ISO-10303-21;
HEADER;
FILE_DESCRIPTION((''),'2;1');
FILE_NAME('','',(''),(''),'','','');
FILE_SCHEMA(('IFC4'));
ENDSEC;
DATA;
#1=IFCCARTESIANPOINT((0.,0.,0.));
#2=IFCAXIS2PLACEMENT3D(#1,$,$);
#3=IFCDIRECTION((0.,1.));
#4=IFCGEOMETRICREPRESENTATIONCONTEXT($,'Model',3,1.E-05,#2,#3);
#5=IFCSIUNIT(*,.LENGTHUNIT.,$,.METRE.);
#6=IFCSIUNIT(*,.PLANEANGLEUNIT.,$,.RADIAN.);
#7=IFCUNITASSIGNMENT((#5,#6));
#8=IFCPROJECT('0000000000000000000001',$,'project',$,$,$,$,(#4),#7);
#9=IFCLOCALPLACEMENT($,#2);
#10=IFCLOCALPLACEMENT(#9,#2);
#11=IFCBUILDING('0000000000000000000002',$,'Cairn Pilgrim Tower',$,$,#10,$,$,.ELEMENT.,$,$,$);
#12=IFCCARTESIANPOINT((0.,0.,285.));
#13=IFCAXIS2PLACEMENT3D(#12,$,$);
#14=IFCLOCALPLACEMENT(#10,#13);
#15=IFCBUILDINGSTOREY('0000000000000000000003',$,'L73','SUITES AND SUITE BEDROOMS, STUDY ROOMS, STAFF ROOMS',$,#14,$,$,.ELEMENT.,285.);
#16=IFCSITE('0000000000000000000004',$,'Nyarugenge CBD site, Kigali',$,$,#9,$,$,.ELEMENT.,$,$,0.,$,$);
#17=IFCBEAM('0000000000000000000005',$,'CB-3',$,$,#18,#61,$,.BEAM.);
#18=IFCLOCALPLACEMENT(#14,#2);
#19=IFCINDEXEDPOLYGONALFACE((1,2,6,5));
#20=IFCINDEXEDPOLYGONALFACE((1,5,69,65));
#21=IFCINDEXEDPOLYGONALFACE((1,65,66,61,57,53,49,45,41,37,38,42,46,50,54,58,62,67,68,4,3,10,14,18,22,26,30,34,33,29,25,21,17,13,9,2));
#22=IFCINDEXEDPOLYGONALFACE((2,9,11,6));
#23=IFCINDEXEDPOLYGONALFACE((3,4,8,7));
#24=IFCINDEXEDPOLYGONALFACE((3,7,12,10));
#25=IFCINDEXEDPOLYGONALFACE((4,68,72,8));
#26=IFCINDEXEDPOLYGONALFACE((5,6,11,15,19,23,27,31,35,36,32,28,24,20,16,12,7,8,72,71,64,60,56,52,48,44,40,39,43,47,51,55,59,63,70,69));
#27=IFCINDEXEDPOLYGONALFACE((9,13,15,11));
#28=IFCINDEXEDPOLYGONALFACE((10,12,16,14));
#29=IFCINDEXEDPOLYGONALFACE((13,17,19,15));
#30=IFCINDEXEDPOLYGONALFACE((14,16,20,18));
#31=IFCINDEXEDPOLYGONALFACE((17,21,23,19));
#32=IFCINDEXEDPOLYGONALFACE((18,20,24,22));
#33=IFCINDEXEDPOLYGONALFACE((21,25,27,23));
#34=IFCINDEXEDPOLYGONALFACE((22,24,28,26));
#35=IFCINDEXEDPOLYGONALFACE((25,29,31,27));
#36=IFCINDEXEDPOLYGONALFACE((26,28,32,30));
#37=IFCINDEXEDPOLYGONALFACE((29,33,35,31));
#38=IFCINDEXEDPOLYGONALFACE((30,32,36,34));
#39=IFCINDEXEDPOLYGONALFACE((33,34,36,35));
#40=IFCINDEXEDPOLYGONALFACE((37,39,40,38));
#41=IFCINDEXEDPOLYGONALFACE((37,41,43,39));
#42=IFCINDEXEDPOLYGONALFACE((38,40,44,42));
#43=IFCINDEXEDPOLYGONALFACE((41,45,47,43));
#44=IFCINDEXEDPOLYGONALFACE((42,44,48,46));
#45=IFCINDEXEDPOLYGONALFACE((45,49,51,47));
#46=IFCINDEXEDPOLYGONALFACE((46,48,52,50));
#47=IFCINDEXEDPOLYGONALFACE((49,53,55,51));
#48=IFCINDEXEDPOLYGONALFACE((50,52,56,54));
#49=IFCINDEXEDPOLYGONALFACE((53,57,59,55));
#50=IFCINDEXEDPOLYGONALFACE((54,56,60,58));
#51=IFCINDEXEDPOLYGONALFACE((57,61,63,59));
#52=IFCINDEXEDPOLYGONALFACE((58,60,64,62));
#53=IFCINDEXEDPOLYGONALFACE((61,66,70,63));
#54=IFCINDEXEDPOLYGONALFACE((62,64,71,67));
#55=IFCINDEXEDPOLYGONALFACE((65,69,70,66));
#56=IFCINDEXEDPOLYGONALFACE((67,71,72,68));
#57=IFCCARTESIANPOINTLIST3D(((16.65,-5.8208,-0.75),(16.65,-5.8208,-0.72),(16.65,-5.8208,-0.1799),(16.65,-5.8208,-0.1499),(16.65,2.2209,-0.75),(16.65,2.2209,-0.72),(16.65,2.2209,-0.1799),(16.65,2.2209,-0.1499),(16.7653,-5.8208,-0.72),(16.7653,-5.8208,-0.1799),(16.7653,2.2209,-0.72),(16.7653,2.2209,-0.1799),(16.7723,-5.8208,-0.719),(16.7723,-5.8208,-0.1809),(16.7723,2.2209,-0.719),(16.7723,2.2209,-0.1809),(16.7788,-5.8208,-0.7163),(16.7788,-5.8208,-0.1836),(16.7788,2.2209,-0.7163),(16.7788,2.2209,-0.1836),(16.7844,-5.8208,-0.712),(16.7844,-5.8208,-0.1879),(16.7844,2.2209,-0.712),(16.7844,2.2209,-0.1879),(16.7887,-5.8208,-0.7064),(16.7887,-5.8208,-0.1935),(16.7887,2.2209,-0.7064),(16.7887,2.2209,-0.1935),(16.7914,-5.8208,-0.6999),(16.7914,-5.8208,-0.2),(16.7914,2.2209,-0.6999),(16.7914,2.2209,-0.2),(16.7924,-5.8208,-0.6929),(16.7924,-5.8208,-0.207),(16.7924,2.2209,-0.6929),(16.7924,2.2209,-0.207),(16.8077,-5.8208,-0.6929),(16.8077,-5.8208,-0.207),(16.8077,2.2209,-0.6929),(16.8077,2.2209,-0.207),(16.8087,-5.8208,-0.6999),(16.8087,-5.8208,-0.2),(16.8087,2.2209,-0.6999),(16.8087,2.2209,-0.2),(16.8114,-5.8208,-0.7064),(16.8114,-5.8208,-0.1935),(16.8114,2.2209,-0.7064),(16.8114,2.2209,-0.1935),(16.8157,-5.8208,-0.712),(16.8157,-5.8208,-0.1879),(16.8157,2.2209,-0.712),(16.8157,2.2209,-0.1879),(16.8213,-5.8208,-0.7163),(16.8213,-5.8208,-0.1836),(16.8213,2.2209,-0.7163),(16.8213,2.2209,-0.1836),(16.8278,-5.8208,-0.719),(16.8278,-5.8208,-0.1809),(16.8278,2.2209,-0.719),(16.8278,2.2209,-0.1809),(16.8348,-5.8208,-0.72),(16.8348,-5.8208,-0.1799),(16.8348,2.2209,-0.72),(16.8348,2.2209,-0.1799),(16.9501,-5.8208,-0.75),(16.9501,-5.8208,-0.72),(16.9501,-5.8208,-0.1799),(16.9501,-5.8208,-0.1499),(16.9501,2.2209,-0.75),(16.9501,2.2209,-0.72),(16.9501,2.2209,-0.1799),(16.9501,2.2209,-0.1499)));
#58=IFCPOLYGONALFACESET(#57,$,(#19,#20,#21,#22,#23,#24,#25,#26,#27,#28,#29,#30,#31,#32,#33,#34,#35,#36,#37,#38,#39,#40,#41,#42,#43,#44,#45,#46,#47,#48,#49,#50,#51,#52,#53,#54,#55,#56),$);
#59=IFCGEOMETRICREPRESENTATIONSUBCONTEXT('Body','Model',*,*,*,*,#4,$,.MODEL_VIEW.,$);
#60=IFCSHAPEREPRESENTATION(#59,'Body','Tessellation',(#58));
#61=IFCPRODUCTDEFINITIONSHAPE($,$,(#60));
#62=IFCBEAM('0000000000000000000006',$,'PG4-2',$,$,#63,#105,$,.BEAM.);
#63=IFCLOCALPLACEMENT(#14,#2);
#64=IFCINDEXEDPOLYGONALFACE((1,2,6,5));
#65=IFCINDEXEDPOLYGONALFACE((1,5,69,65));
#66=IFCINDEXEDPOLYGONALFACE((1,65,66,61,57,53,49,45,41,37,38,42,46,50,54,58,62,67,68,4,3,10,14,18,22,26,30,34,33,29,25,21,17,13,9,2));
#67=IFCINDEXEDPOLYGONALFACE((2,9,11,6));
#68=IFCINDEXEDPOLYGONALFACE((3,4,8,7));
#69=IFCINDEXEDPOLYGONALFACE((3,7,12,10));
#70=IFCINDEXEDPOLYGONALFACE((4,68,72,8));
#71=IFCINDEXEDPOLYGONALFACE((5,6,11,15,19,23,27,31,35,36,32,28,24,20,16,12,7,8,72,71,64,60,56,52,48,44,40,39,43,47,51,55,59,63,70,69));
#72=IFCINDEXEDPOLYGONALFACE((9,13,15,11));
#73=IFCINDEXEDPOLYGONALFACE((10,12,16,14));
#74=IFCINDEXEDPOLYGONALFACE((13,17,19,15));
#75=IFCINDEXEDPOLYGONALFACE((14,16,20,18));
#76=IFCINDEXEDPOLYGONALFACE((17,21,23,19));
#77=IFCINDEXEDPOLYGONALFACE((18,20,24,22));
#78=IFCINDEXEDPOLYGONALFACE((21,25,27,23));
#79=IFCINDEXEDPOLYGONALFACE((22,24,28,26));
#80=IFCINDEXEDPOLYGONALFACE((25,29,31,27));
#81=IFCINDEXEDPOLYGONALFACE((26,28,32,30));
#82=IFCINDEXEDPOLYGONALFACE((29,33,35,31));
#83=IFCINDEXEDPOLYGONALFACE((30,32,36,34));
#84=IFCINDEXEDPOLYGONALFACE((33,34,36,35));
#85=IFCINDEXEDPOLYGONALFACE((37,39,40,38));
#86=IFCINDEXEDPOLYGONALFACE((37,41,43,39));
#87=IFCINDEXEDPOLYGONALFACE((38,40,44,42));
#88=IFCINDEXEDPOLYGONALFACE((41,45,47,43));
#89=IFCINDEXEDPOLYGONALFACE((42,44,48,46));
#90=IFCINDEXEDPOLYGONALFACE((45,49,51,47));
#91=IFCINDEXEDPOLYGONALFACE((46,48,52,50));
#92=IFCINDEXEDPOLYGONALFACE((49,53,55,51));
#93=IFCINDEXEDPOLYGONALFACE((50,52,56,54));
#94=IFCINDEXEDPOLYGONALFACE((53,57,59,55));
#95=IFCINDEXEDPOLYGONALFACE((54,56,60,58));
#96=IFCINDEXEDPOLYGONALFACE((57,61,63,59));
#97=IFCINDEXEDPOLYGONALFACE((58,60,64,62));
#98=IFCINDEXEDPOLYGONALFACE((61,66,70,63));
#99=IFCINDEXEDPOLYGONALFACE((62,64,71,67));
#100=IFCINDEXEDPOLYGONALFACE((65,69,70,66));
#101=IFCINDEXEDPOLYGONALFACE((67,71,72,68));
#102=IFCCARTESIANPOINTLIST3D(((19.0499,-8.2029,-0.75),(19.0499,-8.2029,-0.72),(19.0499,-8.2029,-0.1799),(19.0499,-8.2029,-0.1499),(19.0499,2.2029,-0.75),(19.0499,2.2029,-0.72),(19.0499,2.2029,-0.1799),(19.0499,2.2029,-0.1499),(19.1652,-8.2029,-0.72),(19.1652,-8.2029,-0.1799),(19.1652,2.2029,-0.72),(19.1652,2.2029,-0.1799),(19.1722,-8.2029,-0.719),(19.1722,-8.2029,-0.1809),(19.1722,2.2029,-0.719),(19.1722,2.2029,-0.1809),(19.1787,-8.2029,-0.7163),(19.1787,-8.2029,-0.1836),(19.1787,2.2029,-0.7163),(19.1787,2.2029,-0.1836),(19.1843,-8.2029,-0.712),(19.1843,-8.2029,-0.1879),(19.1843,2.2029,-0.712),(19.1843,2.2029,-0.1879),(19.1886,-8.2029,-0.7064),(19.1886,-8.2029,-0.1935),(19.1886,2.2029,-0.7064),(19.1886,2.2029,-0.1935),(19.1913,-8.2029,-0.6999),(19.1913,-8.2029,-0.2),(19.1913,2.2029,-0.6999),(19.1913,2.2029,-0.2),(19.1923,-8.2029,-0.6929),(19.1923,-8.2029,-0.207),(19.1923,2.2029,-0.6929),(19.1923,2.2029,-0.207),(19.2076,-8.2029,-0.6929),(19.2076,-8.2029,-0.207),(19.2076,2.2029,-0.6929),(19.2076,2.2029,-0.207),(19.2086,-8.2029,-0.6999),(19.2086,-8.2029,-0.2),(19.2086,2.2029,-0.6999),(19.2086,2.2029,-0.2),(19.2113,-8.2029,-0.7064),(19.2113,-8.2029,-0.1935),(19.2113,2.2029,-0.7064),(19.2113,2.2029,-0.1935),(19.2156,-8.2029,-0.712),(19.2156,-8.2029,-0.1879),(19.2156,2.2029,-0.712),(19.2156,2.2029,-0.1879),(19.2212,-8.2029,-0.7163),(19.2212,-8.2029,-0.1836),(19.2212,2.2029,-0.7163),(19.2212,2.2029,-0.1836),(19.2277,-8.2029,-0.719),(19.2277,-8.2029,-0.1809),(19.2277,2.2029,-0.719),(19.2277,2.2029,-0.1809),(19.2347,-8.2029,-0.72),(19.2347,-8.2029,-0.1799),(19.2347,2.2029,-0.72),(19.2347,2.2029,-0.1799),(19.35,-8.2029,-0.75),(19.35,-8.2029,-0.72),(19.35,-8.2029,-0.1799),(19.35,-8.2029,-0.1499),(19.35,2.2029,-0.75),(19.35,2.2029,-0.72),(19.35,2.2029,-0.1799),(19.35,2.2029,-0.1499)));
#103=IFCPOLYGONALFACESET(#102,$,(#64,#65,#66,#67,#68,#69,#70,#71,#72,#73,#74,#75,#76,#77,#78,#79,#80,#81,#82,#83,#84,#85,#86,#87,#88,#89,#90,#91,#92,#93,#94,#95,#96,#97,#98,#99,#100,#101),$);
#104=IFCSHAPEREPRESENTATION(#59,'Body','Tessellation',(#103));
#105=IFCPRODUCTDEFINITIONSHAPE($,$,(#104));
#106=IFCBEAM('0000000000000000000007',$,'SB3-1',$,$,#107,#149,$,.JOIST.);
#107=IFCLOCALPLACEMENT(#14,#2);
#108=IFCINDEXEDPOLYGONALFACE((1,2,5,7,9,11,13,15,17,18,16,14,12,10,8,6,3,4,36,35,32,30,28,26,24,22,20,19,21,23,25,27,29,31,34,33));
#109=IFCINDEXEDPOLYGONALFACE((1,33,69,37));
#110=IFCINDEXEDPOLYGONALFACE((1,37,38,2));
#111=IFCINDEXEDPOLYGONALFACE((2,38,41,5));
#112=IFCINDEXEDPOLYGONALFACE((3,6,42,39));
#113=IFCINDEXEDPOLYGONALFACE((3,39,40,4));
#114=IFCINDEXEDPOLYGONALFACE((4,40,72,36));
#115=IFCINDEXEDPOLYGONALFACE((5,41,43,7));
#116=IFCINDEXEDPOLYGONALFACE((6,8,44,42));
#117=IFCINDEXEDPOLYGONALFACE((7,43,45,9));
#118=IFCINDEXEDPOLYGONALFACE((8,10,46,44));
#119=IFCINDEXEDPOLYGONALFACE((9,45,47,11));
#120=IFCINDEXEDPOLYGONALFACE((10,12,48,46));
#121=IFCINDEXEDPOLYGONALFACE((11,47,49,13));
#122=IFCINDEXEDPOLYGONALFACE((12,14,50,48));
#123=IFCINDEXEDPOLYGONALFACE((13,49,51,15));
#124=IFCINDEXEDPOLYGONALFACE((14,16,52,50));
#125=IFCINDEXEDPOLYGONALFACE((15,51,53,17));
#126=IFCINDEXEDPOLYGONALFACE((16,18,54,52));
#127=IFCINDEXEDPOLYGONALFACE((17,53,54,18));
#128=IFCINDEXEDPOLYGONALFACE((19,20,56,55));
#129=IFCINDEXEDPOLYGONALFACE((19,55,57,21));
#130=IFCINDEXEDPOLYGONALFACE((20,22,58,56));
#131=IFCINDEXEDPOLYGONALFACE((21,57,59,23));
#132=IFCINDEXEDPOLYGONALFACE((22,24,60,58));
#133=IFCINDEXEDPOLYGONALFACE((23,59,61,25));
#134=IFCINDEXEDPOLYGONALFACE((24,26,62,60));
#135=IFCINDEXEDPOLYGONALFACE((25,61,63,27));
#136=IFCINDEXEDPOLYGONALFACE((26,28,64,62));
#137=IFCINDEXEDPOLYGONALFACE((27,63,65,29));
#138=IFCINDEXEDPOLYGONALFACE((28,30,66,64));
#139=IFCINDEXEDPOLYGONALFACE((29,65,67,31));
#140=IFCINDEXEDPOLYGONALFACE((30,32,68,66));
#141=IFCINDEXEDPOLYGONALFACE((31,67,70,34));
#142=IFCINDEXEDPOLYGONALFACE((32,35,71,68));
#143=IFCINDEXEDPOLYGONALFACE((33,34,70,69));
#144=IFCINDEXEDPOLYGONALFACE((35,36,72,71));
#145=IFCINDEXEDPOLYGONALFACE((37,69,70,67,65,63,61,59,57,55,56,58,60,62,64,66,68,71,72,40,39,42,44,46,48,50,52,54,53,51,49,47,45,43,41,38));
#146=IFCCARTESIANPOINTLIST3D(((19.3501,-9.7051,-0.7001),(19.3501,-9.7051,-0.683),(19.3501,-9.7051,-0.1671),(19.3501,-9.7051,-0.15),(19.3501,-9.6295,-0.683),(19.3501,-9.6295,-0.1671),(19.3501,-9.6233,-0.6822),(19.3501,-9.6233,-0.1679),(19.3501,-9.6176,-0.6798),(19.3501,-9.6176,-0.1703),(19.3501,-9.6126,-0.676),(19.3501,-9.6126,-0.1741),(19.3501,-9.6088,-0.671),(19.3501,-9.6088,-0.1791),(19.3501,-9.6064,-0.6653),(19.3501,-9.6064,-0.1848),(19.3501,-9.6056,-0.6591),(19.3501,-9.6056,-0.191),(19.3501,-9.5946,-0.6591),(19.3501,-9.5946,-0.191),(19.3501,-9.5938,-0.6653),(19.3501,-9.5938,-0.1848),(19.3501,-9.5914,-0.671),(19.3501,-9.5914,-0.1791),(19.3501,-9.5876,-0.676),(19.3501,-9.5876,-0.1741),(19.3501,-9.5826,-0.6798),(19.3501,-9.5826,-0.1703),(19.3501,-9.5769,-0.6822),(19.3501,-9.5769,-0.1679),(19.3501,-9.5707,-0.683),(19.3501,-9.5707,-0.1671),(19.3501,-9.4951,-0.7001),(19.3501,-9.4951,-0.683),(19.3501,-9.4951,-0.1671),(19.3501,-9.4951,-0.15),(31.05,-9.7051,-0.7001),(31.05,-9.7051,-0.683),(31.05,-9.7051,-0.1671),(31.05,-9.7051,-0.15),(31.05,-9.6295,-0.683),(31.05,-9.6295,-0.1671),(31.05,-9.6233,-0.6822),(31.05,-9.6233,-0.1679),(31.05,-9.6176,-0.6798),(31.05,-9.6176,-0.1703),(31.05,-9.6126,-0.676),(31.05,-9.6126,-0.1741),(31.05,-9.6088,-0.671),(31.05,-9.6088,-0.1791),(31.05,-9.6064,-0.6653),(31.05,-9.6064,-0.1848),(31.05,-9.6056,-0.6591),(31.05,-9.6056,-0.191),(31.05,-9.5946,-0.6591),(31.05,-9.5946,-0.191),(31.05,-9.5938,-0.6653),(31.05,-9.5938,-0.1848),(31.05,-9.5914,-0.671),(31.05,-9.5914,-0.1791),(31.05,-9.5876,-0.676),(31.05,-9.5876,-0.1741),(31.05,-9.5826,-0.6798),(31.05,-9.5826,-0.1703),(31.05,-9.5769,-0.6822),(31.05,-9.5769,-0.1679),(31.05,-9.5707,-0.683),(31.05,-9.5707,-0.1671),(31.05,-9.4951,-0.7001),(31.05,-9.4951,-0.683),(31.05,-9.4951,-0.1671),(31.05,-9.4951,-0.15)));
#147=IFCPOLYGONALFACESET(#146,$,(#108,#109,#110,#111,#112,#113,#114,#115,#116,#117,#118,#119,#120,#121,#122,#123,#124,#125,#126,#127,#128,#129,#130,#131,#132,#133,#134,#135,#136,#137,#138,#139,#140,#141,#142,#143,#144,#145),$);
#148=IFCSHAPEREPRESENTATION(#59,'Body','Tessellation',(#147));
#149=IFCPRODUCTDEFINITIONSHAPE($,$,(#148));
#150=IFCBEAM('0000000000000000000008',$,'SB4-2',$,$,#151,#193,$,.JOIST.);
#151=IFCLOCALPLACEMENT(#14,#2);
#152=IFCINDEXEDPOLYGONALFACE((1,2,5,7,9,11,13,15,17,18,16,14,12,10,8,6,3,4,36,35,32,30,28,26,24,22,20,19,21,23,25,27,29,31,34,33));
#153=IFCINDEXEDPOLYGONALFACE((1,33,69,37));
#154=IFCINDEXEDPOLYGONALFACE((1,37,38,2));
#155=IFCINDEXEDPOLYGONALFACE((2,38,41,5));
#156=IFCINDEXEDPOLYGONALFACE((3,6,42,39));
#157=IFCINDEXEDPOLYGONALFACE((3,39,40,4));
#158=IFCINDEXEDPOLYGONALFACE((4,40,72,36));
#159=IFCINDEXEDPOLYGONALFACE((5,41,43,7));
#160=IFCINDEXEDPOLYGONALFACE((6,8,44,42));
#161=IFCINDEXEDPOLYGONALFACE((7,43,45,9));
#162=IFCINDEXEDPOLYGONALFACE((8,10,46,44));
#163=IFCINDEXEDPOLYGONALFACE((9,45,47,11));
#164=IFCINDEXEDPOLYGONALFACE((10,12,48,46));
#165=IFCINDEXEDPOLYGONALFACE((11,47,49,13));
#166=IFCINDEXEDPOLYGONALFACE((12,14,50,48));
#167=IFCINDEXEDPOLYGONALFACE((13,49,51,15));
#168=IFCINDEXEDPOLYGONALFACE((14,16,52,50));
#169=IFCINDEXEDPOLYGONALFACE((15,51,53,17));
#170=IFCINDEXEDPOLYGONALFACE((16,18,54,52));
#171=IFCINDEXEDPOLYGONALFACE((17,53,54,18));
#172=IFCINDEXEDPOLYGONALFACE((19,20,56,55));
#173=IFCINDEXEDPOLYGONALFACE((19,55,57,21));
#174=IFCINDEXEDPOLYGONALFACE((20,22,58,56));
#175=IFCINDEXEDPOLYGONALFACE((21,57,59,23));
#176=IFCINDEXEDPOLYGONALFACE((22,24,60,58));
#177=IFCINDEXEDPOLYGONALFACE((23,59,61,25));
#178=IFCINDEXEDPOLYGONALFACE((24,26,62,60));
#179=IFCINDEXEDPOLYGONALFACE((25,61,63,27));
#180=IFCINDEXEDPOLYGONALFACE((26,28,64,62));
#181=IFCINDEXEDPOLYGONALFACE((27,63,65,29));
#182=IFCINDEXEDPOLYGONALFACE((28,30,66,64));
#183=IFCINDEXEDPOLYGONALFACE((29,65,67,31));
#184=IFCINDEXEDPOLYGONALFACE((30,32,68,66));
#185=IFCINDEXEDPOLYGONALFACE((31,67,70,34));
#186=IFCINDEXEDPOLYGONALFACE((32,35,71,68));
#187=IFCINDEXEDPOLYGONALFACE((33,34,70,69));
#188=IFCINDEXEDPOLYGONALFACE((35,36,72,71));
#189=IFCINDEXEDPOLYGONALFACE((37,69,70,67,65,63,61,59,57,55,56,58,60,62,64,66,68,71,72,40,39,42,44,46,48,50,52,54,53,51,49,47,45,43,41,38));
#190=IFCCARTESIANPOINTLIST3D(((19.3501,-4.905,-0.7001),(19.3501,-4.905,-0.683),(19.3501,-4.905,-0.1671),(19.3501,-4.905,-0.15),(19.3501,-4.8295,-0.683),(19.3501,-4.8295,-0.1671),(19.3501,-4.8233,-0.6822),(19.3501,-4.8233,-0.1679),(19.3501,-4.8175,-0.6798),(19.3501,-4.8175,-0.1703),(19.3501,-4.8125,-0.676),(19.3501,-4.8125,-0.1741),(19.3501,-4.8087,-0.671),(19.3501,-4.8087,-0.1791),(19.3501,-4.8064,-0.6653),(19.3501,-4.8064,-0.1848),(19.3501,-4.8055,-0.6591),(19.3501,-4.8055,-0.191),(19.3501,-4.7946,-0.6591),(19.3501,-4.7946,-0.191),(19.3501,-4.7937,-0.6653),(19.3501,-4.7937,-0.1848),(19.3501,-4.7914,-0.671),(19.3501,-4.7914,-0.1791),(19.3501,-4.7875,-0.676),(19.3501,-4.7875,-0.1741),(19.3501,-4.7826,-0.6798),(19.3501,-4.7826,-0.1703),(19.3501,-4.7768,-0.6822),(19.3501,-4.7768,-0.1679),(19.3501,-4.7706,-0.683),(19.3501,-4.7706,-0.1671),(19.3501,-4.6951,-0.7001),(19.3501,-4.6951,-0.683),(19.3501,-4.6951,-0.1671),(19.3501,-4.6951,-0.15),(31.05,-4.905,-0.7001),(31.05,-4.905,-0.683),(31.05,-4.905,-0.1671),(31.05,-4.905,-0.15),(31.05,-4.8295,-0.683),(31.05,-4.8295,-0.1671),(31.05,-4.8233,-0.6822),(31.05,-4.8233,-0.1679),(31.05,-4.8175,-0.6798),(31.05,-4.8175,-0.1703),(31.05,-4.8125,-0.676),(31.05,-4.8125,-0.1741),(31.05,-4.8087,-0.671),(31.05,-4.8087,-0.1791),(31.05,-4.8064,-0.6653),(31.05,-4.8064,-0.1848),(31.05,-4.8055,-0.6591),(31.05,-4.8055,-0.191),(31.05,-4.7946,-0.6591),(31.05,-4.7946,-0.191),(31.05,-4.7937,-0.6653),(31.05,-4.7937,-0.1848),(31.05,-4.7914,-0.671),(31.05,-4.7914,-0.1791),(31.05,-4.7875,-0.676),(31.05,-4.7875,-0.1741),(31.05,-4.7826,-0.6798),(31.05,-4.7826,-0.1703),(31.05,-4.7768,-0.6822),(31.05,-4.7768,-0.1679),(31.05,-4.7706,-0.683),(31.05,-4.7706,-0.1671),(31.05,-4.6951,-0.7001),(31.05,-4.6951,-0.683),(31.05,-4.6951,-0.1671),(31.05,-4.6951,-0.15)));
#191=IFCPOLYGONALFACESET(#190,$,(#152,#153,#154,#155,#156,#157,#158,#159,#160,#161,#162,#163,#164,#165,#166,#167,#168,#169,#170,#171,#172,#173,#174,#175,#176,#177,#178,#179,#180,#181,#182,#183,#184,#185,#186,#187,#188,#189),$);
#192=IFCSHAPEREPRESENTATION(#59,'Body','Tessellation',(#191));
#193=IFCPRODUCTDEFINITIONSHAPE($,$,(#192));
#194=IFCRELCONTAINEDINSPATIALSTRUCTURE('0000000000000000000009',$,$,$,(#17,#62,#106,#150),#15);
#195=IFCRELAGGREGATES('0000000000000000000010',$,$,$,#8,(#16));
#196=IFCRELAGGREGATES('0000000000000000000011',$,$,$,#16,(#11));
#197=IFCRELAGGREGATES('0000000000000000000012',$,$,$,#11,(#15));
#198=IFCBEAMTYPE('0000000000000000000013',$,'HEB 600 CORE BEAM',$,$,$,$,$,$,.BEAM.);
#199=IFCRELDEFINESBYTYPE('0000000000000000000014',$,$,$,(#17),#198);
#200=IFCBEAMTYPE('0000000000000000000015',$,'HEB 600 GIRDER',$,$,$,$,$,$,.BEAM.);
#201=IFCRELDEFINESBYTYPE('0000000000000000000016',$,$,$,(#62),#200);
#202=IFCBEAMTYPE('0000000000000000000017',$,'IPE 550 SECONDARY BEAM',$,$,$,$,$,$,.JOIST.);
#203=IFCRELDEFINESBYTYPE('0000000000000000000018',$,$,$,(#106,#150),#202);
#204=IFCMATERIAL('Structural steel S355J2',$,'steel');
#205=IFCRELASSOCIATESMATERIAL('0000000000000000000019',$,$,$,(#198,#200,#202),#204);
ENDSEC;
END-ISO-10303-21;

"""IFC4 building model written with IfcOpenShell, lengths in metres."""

from ifc_helpers import new_model, si_unit, direction, frame, origin, origin_2d, place, context, subcontext, project, spatial, i_section, extrude, material, material_profile, profile_set, type_object, element, save


model = new_model("IFC4")

# Units and contexts
model_context = context("Model", 3, precision=1e-05, world=origin(), true_north=direction((0.0, 1.0)))
body_context = subcontext(model_context, "Body", "Model", "MODEL_VIEW")
ifc_project = project(units=[si_unit("LENGTHUNIT", "METRE"), si_unit("PLANEANGLEUNIT", "RADIAN")], contexts=[model_context])

# Site, building, storey
site_placement = place(None, origin())
site = spatial("IfcSite", under=ifc_project, at=site_placement, Name="Nyarugenge CBD site, Kigali", CompositionType="ELEMENT", RefElevation=0.0)
building_placement = place(site_placement, origin())
building = spatial("IfcBuilding", under=site, at=building_placement, Name="Cairn Pilgrim Tower", CompositionType="ELEMENT")
storey_placement = place(building_placement, frame((0.0, 0.0, 285.0)))
storey = spatial("IfcBuildingStorey", under=building, at=storey_placement, Name="L73", Description="SUITES AND SUITE BEDROOMS, STUDY ROOMS, STAFF ROOMS", CompositionType="ELEMENT", Elevation=285.0)

# Shared definitions
ifc_material_1 = material(Name="Structural steel S355J2", Category="steel")

# Beams
ifc_material_profile_1 = material_profile(ifc_material_1, i_section(OverallWidth=0.3, OverallDepth=0.6001, WebThickness=0.0154, FlangeThickness=0.03, FilletRadius=0.0271, at=origin_2d()), Name="HEB 600")
ifc_profile_set_1 = profile_set([ifc_material_profile_1], Name="Structural steel S355J2")
beam_type_1 = type_object("IfcBeamType", Name="HEB 600 CORE BEAM", PredefinedType="BEAM", material=ifc_profile_set_1)
beam_1_placement = place(storey_placement, frame((16.8, -5.8208, -0.45), z_axis=(0.0, 1.0, 0.0), x_axis=(-1.0, 0.0, 0.0)))
element("IfcBeam", 1, at=beam_1_placement, inside=storey, type_object=beam_type_1, Name="CB-3", PredefinedType="BEAM", context=body_context, shape_type="SweptSolid", body=[
    extrude(i_section(OverallWidth=0.3, OverallDepth=0.6001, WebThickness=0.0154, FlangeThickness=0.03, FilletRadius=0.0271, at=origin_2d()), origin(), (0.0, 0.0, 1.0), 8.0417),
])
ifc_material_profile_2 = material_profile(ifc_material_1, i_section(OverallWidth=0.3, OverallDepth=0.6001, WebThickness=0.0154, FlangeThickness=0.03, FilletRadius=0.0271, at=origin_2d()), Name="HEB 600")
ifc_profile_set_2 = profile_set([ifc_material_profile_2], Name="Structural steel S355J2")
beam_type_2 = type_object("IfcBeamType", Name="HEB 600 GIRDER", PredefinedType="BEAM", material=ifc_profile_set_2)
beam_2_placement = place(storey_placement, frame((19.2, -8.2029, -0.45), z_axis=(0.0, 1.0, 0.0), x_axis=(-1.0, 0.0, 0.0)))
element("IfcBeam", 2, at=beam_2_placement, inside=storey, type_object=beam_type_2, Name="PG4-2", PredefinedType="BEAM", context=body_context, shape_type="SweptSolid", body=[
    extrude(i_section(OverallWidth=0.3, OverallDepth=0.6001, WebThickness=0.0154, FlangeThickness=0.03, FilletRadius=0.0271, at=origin_2d()), origin(), (0.0, 0.0, 1.0), 10.4058),
])
ifc_material_profile_3 = material_profile(ifc_material_1, i_section(OverallWidth=0.21, OverallDepth=0.55, WebThickness=0.011, FlangeThickness=0.0171, FilletRadius=0.0239, at=origin_2d()), Name="IPE 550")
ifc_profile_set_3 = profile_set([ifc_material_profile_3], Name="Structural steel S355J2")
beam_type_3 = type_object("IfcBeamType", Name="IPE 550 SECONDARY BEAM", PredefinedType="JOIST", material=ifc_profile_set_3)
for number, where, z_axis, x_axis, name in (
    (3, (19.3501, -9.6001, -0.425), (1.0, 0.0, 0.0), (0.0, 1.0, 0.0), "SB3-1"),
    (4, (19.3501, -4.8, -0.425), (1.0, 0.0, 0.0), (0.0, 1.0, 0.0), "SB4-2"),
):
    element("IfcBeam", number, at=place(storey_placement, frame(where, z_axis=z_axis, x_axis=x_axis)), inside=storey, type_object=beam_type_3, Name=name, PredefinedType="JOIST", context=body_context, shape_type="SweptSolid", body=[
        extrude(i_section(OverallWidth=0.21, OverallDepth=0.55, WebThickness=0.011, FlangeThickness=0.0171, FilletRadius=0.0239, at=origin_2d()), origin(), (0.0, 0.0, 1.0), 11.7),
    ])

save(model, "model.ifc")
